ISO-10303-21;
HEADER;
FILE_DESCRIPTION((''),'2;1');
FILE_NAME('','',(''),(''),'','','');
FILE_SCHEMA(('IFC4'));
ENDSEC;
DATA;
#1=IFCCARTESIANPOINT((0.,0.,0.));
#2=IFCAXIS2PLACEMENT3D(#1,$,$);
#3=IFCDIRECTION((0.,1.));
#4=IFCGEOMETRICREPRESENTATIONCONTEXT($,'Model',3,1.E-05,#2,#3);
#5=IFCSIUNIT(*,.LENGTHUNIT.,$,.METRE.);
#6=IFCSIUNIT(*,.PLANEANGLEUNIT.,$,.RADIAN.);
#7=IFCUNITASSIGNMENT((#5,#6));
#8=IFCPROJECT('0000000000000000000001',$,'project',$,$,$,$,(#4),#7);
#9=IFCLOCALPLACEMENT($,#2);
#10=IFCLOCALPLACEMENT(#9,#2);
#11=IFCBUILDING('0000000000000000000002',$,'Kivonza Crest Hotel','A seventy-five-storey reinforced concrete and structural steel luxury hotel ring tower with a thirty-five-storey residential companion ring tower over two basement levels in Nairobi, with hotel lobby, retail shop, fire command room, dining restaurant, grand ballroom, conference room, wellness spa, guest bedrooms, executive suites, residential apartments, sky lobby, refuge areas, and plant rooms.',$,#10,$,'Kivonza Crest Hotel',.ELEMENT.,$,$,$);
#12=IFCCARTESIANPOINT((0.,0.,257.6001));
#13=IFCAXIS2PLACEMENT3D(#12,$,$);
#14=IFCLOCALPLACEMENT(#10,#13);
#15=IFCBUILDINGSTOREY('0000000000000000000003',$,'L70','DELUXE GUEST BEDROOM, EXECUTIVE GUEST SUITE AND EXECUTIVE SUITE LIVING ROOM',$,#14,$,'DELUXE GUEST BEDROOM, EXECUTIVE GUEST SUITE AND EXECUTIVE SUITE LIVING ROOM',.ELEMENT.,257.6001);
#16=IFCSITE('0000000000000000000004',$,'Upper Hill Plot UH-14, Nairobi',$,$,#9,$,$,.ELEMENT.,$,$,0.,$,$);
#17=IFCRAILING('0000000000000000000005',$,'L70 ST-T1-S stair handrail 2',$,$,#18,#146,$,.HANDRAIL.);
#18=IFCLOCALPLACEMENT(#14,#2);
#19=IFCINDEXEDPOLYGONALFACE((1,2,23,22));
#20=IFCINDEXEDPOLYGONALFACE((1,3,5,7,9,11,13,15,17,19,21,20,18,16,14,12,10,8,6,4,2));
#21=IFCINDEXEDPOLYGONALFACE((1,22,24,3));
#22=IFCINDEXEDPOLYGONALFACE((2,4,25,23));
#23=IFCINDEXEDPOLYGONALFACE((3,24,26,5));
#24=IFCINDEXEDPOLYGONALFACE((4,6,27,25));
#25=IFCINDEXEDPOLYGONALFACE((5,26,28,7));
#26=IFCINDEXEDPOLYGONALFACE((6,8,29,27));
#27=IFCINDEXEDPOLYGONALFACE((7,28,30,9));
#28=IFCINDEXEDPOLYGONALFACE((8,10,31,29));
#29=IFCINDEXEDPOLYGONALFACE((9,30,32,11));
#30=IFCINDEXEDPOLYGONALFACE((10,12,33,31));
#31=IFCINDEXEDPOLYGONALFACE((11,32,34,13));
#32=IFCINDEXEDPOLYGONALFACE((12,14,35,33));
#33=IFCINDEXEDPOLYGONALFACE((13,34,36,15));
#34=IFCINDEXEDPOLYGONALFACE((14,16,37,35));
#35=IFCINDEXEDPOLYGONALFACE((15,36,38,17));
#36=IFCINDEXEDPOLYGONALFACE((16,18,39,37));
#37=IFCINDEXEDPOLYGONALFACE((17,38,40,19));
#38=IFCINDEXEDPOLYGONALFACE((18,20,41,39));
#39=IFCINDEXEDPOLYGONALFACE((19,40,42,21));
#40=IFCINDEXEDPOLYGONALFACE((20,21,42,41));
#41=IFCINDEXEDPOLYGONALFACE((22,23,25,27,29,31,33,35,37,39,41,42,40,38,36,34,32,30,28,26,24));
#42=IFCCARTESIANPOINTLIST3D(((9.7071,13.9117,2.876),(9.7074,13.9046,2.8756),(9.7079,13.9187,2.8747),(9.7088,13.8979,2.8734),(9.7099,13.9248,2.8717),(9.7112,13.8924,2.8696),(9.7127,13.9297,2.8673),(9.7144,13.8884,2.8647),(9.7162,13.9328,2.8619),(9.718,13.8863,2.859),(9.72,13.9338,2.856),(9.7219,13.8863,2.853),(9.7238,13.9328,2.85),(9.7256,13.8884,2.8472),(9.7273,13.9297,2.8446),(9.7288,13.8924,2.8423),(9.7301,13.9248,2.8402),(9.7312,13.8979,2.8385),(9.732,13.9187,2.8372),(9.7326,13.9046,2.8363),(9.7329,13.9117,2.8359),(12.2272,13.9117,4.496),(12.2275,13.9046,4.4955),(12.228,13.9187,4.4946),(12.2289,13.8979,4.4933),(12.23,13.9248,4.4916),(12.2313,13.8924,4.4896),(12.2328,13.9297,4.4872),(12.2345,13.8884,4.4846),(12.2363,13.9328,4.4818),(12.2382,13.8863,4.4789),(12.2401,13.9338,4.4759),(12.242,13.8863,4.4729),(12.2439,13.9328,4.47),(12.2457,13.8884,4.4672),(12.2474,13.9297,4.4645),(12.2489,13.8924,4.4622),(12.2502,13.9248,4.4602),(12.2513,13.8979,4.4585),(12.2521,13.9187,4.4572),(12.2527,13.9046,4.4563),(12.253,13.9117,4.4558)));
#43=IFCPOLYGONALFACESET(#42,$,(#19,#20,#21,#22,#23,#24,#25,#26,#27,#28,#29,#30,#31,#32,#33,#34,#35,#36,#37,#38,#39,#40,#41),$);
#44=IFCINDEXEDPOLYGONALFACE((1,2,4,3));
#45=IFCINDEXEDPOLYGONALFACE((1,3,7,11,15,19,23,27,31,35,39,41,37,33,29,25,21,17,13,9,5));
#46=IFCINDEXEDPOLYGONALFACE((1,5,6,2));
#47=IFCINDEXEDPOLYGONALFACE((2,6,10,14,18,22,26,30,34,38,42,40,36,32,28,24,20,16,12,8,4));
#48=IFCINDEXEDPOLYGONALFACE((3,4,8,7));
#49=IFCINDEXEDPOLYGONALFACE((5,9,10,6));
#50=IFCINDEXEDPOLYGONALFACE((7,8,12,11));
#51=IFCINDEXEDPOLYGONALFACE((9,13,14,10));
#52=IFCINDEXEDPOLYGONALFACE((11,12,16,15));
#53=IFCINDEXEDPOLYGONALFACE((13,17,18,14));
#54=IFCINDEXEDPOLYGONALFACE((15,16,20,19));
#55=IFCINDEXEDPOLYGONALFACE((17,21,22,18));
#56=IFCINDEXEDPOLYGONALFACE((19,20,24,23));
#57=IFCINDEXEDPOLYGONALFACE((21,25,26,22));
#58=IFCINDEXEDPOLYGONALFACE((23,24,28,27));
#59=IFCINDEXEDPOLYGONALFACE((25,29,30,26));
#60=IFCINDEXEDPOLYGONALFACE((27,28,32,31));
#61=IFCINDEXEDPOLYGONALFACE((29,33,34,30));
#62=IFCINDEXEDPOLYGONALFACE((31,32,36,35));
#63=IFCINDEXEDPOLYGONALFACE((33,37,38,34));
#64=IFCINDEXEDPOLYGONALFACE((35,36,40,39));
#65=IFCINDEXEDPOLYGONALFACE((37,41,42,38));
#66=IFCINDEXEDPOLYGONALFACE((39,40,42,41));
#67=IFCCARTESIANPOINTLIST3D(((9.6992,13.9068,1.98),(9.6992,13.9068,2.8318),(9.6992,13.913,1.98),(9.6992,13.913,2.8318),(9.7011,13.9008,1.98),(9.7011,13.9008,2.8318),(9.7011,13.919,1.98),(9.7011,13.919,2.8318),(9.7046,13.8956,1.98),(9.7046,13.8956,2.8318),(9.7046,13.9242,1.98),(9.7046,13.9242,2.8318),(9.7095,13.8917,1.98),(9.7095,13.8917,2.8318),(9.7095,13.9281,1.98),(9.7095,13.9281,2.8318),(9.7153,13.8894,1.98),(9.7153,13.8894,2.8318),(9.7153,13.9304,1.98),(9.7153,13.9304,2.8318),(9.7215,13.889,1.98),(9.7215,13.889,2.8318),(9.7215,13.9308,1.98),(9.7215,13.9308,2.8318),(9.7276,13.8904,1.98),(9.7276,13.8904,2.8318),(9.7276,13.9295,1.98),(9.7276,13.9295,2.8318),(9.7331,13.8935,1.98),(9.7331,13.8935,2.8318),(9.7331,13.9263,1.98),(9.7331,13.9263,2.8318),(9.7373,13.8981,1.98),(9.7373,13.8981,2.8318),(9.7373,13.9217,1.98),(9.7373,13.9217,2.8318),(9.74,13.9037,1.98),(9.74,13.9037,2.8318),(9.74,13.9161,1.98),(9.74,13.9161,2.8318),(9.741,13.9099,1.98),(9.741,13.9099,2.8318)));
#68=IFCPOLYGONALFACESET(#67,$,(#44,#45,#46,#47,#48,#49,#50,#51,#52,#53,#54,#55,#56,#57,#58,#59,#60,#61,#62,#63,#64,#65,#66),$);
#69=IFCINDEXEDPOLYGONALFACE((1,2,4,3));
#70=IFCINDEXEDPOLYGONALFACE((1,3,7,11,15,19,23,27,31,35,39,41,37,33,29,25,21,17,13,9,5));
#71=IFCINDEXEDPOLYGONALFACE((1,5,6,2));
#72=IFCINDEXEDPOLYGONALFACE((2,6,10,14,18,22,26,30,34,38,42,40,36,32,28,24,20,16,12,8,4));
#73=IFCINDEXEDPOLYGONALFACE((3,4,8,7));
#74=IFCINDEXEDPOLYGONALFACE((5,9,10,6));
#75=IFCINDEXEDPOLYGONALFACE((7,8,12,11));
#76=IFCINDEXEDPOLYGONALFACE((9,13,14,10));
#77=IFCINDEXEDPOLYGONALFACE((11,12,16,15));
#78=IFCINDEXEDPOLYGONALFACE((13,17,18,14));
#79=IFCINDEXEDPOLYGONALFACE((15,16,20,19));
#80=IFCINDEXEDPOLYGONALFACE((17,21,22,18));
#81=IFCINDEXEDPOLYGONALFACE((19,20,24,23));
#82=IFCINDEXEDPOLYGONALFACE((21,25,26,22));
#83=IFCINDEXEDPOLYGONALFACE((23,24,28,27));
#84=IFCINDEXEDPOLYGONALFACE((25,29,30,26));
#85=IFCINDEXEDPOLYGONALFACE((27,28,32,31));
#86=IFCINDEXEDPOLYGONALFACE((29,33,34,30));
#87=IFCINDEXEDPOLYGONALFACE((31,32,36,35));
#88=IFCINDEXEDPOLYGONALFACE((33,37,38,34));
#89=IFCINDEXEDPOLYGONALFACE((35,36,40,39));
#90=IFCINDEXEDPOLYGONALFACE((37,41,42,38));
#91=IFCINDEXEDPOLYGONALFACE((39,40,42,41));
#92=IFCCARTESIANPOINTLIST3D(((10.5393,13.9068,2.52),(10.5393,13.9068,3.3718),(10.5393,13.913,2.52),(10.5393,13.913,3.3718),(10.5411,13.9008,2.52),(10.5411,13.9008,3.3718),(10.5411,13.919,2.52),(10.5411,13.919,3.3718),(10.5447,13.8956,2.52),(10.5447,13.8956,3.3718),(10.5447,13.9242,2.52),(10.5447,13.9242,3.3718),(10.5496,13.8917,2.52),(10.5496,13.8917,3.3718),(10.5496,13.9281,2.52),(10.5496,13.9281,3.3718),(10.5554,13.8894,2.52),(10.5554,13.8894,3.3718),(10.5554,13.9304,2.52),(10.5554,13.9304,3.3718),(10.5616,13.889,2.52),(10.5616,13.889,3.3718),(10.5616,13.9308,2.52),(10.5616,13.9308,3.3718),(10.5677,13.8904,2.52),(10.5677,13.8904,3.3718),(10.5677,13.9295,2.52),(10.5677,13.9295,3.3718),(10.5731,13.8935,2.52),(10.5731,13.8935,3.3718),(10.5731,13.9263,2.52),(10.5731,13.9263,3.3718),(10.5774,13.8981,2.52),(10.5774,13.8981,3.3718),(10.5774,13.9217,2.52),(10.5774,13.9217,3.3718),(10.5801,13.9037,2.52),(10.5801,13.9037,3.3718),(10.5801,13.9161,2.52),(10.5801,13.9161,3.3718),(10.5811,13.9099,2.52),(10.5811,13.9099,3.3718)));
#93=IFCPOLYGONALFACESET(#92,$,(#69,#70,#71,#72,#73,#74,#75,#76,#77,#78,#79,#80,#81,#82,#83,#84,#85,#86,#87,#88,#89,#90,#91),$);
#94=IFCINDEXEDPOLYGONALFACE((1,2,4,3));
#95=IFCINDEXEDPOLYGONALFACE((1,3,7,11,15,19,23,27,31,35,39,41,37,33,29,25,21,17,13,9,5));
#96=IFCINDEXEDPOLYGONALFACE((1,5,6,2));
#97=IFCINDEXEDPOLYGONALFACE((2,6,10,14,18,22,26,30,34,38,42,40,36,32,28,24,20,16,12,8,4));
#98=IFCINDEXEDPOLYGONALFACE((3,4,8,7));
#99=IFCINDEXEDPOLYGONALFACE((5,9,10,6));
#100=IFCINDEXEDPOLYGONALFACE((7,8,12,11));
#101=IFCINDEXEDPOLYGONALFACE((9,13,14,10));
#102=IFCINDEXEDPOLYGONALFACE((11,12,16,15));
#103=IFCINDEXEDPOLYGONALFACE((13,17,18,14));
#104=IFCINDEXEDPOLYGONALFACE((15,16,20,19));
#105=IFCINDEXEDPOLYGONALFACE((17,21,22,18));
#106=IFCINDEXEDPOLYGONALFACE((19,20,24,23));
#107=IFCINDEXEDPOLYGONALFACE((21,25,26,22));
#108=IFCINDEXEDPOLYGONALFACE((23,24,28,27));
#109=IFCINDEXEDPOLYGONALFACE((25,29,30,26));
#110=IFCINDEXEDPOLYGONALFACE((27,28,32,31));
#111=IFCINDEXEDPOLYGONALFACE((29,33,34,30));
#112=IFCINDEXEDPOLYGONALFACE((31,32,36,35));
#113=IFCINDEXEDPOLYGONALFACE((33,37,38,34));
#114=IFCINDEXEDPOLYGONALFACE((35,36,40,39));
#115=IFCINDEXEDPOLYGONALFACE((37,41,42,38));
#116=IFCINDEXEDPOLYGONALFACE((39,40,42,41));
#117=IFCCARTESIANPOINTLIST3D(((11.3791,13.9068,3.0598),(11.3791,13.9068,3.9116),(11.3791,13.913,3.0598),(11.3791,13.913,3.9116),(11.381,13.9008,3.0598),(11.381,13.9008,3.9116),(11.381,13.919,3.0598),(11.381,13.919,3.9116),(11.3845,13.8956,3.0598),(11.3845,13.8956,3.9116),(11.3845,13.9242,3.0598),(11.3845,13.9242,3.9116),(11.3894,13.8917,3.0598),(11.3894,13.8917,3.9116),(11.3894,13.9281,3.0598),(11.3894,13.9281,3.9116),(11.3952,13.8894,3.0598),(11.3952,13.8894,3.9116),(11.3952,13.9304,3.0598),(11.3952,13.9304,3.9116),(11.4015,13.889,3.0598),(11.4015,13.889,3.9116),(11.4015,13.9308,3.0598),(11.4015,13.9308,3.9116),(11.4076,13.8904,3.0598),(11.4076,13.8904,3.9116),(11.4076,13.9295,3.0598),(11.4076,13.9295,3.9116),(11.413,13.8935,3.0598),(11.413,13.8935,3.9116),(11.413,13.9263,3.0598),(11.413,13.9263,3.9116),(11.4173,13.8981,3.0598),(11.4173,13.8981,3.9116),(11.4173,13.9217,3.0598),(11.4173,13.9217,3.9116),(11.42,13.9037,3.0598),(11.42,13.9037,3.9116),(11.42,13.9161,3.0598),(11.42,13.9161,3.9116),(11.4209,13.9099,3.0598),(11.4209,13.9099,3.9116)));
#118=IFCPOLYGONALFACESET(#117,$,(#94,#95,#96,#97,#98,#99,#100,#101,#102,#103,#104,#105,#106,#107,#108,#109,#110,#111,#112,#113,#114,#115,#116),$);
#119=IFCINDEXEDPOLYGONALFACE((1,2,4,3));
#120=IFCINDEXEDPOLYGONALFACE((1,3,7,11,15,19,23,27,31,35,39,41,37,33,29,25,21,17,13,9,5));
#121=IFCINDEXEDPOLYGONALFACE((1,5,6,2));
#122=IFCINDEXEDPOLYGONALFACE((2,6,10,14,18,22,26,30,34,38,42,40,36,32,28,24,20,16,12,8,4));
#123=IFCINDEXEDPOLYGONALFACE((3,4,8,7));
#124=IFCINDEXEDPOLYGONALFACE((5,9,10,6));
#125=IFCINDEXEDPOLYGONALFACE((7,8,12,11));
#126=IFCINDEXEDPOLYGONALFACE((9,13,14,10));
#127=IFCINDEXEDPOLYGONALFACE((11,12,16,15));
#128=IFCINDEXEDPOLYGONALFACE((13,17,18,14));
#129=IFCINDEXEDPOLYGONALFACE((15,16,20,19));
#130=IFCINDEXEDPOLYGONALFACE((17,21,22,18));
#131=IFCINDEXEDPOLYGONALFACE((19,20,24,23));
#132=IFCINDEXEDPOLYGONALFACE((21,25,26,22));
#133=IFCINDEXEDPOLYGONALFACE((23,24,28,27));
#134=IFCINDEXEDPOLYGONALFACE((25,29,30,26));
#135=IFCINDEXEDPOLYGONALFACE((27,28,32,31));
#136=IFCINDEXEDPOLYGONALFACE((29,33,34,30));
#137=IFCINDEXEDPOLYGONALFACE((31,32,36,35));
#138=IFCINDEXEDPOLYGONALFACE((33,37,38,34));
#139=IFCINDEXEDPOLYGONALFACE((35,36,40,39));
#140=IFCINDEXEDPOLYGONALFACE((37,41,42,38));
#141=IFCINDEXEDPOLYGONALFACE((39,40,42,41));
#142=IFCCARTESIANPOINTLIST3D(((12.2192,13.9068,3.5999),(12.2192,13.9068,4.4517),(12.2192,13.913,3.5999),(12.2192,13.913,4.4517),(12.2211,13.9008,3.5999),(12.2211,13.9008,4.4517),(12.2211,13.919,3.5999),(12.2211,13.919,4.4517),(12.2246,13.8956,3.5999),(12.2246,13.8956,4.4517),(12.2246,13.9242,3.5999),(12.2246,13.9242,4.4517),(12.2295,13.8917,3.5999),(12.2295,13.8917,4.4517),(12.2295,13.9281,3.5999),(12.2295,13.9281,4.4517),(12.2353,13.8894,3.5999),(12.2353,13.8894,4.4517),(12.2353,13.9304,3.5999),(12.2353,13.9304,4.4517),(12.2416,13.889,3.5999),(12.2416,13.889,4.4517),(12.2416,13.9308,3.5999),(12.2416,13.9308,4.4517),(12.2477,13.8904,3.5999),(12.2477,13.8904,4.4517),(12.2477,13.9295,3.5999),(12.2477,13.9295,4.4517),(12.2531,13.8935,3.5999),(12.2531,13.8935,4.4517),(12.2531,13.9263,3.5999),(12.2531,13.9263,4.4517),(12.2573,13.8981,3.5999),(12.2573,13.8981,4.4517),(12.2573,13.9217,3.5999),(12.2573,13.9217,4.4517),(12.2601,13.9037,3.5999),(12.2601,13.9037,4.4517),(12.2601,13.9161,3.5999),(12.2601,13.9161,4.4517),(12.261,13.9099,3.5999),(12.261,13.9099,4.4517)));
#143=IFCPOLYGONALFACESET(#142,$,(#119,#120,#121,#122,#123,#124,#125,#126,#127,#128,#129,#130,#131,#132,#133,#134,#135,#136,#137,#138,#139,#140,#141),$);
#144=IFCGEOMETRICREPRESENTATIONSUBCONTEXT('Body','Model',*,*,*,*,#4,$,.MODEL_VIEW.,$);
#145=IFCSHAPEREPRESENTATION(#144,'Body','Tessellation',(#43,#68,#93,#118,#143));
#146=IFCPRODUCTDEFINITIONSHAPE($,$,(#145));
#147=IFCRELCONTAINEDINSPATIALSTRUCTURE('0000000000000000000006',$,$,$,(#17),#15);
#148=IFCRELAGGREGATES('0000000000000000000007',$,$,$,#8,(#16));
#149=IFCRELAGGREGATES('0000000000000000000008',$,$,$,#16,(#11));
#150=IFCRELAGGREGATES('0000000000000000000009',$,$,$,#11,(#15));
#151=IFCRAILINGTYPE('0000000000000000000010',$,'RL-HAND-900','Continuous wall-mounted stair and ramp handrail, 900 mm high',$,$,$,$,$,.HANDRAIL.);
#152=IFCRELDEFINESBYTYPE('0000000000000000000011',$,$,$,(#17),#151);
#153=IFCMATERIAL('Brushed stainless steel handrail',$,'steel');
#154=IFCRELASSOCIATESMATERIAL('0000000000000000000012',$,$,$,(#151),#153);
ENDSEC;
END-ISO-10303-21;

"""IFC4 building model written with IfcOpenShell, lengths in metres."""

from ifc_helpers import new_model, si_unit, direction, frame, origin, origin_2d, place, context, subcontext, project, spatial, circle, extrude, material, type_object, element, save


model = new_model("IFC4")

# Units and contexts
model_context = context("Model", 3, precision=1e-05, world=origin(), true_north=direction((0.0, 1.0)))
body_context = subcontext(model_context, "Body", "Model", "MODEL_VIEW")
ifc_project = project(units=[si_unit("LENGTHUNIT", "METRE"), si_unit("PLANEANGLEUNIT", "RADIAN")], contexts=[model_context])

# Site, building, storey
site_placement = place(None, origin())
site = spatial("IfcSite", under=ifc_project, at=site_placement, Name="Upper Hill Plot UH-14, Nairobi", CompositionType="ELEMENT", RefElevation=0.0)
building_placement = place(site_placement, origin())
building = spatial("IfcBuilding", under=site, at=building_placement, Name="Kivonza Crest Hotel", Description="A seventy-five-storey reinforced concrete and structural steel luxury hotel ring tower with a thirty-five-storey residential companion ring tower over two basement levels in Nairobi, with hotel lobby, retail shop, fire command room, dining restaurant, grand ballroom, conference room, wellness spa, guest bedrooms, executive suites, residential apartments, sky lobby, refuge areas, and plant rooms.", LongName="Kivonza Crest Hotel", CompositionType="ELEMENT")
storey_placement = place(building_placement, frame((0.0, 0.0, 257.6001)))
storey = spatial("IfcBuildingStorey", under=building, at=storey_placement, Name="L70", Description="DELUXE GUEST BEDROOM, EXECUTIVE GUEST SUITE AND EXECUTIVE SUITE LIVING ROOM", LongName="DELUXE GUEST BEDROOM, EXECUTIVE GUEST SUITE AND EXECUTIVE SUITE LIVING ROOM", CompositionType="ELEMENT", Elevation=257.6001)

# Railing
ifc_material_1 = material(Name="Brushed stainless steel handrail", Category="steel")
railing_type_1 = type_object("IfcRailingType", Name="RL-HAND-900", Description="Continuous wall-mounted stair and ramp handrail, 900 mm high", PredefinedType="HANDRAIL", material=ifc_material_1)
railing_1_placement = place(storey_placement, frame((9.72, 13.9099, 1.98)))
element("IfcRailing", 1, at=railing_1_placement, inside=storey, type_object=railing_type_1, Name="L70 ST-T1-S stair handrail 2", PredefinedType="HANDRAIL", context=body_context, shape_type="SweptSolid", body=[
    extrude(circle(Radius=0.0239, at=origin_2d()), frame((0.0, 0.0, 0.876), z_axis=(0.8412, 0.0, 0.540725), x_axis=(0.0, 1.0, 0.0)), (0.0, 0.0, 1.0), 2.9958),
    extrude(circle(Radius=0.021, at=origin_2d()), origin(), (0.0, 0.0, 1.0), 0.8518),
    extrude(circle(Radius=0.021, at=origin_2d()), frame((0.8401, 0.0, 0.54)), (0.0, 0.0, 1.0), 0.8518),
    extrude(circle(Radius=0.021, at=origin_2d()), frame((1.6799, 0.0, 1.0798)), (0.0, 0.0, 1.0), 0.8518),
    extrude(circle(Radius=0.021, at=origin_2d()), frame((2.52, 0.0, 1.6199)), (0.0, 0.0, 1.0), 0.8518),
])

save(model, "model.ifc")
